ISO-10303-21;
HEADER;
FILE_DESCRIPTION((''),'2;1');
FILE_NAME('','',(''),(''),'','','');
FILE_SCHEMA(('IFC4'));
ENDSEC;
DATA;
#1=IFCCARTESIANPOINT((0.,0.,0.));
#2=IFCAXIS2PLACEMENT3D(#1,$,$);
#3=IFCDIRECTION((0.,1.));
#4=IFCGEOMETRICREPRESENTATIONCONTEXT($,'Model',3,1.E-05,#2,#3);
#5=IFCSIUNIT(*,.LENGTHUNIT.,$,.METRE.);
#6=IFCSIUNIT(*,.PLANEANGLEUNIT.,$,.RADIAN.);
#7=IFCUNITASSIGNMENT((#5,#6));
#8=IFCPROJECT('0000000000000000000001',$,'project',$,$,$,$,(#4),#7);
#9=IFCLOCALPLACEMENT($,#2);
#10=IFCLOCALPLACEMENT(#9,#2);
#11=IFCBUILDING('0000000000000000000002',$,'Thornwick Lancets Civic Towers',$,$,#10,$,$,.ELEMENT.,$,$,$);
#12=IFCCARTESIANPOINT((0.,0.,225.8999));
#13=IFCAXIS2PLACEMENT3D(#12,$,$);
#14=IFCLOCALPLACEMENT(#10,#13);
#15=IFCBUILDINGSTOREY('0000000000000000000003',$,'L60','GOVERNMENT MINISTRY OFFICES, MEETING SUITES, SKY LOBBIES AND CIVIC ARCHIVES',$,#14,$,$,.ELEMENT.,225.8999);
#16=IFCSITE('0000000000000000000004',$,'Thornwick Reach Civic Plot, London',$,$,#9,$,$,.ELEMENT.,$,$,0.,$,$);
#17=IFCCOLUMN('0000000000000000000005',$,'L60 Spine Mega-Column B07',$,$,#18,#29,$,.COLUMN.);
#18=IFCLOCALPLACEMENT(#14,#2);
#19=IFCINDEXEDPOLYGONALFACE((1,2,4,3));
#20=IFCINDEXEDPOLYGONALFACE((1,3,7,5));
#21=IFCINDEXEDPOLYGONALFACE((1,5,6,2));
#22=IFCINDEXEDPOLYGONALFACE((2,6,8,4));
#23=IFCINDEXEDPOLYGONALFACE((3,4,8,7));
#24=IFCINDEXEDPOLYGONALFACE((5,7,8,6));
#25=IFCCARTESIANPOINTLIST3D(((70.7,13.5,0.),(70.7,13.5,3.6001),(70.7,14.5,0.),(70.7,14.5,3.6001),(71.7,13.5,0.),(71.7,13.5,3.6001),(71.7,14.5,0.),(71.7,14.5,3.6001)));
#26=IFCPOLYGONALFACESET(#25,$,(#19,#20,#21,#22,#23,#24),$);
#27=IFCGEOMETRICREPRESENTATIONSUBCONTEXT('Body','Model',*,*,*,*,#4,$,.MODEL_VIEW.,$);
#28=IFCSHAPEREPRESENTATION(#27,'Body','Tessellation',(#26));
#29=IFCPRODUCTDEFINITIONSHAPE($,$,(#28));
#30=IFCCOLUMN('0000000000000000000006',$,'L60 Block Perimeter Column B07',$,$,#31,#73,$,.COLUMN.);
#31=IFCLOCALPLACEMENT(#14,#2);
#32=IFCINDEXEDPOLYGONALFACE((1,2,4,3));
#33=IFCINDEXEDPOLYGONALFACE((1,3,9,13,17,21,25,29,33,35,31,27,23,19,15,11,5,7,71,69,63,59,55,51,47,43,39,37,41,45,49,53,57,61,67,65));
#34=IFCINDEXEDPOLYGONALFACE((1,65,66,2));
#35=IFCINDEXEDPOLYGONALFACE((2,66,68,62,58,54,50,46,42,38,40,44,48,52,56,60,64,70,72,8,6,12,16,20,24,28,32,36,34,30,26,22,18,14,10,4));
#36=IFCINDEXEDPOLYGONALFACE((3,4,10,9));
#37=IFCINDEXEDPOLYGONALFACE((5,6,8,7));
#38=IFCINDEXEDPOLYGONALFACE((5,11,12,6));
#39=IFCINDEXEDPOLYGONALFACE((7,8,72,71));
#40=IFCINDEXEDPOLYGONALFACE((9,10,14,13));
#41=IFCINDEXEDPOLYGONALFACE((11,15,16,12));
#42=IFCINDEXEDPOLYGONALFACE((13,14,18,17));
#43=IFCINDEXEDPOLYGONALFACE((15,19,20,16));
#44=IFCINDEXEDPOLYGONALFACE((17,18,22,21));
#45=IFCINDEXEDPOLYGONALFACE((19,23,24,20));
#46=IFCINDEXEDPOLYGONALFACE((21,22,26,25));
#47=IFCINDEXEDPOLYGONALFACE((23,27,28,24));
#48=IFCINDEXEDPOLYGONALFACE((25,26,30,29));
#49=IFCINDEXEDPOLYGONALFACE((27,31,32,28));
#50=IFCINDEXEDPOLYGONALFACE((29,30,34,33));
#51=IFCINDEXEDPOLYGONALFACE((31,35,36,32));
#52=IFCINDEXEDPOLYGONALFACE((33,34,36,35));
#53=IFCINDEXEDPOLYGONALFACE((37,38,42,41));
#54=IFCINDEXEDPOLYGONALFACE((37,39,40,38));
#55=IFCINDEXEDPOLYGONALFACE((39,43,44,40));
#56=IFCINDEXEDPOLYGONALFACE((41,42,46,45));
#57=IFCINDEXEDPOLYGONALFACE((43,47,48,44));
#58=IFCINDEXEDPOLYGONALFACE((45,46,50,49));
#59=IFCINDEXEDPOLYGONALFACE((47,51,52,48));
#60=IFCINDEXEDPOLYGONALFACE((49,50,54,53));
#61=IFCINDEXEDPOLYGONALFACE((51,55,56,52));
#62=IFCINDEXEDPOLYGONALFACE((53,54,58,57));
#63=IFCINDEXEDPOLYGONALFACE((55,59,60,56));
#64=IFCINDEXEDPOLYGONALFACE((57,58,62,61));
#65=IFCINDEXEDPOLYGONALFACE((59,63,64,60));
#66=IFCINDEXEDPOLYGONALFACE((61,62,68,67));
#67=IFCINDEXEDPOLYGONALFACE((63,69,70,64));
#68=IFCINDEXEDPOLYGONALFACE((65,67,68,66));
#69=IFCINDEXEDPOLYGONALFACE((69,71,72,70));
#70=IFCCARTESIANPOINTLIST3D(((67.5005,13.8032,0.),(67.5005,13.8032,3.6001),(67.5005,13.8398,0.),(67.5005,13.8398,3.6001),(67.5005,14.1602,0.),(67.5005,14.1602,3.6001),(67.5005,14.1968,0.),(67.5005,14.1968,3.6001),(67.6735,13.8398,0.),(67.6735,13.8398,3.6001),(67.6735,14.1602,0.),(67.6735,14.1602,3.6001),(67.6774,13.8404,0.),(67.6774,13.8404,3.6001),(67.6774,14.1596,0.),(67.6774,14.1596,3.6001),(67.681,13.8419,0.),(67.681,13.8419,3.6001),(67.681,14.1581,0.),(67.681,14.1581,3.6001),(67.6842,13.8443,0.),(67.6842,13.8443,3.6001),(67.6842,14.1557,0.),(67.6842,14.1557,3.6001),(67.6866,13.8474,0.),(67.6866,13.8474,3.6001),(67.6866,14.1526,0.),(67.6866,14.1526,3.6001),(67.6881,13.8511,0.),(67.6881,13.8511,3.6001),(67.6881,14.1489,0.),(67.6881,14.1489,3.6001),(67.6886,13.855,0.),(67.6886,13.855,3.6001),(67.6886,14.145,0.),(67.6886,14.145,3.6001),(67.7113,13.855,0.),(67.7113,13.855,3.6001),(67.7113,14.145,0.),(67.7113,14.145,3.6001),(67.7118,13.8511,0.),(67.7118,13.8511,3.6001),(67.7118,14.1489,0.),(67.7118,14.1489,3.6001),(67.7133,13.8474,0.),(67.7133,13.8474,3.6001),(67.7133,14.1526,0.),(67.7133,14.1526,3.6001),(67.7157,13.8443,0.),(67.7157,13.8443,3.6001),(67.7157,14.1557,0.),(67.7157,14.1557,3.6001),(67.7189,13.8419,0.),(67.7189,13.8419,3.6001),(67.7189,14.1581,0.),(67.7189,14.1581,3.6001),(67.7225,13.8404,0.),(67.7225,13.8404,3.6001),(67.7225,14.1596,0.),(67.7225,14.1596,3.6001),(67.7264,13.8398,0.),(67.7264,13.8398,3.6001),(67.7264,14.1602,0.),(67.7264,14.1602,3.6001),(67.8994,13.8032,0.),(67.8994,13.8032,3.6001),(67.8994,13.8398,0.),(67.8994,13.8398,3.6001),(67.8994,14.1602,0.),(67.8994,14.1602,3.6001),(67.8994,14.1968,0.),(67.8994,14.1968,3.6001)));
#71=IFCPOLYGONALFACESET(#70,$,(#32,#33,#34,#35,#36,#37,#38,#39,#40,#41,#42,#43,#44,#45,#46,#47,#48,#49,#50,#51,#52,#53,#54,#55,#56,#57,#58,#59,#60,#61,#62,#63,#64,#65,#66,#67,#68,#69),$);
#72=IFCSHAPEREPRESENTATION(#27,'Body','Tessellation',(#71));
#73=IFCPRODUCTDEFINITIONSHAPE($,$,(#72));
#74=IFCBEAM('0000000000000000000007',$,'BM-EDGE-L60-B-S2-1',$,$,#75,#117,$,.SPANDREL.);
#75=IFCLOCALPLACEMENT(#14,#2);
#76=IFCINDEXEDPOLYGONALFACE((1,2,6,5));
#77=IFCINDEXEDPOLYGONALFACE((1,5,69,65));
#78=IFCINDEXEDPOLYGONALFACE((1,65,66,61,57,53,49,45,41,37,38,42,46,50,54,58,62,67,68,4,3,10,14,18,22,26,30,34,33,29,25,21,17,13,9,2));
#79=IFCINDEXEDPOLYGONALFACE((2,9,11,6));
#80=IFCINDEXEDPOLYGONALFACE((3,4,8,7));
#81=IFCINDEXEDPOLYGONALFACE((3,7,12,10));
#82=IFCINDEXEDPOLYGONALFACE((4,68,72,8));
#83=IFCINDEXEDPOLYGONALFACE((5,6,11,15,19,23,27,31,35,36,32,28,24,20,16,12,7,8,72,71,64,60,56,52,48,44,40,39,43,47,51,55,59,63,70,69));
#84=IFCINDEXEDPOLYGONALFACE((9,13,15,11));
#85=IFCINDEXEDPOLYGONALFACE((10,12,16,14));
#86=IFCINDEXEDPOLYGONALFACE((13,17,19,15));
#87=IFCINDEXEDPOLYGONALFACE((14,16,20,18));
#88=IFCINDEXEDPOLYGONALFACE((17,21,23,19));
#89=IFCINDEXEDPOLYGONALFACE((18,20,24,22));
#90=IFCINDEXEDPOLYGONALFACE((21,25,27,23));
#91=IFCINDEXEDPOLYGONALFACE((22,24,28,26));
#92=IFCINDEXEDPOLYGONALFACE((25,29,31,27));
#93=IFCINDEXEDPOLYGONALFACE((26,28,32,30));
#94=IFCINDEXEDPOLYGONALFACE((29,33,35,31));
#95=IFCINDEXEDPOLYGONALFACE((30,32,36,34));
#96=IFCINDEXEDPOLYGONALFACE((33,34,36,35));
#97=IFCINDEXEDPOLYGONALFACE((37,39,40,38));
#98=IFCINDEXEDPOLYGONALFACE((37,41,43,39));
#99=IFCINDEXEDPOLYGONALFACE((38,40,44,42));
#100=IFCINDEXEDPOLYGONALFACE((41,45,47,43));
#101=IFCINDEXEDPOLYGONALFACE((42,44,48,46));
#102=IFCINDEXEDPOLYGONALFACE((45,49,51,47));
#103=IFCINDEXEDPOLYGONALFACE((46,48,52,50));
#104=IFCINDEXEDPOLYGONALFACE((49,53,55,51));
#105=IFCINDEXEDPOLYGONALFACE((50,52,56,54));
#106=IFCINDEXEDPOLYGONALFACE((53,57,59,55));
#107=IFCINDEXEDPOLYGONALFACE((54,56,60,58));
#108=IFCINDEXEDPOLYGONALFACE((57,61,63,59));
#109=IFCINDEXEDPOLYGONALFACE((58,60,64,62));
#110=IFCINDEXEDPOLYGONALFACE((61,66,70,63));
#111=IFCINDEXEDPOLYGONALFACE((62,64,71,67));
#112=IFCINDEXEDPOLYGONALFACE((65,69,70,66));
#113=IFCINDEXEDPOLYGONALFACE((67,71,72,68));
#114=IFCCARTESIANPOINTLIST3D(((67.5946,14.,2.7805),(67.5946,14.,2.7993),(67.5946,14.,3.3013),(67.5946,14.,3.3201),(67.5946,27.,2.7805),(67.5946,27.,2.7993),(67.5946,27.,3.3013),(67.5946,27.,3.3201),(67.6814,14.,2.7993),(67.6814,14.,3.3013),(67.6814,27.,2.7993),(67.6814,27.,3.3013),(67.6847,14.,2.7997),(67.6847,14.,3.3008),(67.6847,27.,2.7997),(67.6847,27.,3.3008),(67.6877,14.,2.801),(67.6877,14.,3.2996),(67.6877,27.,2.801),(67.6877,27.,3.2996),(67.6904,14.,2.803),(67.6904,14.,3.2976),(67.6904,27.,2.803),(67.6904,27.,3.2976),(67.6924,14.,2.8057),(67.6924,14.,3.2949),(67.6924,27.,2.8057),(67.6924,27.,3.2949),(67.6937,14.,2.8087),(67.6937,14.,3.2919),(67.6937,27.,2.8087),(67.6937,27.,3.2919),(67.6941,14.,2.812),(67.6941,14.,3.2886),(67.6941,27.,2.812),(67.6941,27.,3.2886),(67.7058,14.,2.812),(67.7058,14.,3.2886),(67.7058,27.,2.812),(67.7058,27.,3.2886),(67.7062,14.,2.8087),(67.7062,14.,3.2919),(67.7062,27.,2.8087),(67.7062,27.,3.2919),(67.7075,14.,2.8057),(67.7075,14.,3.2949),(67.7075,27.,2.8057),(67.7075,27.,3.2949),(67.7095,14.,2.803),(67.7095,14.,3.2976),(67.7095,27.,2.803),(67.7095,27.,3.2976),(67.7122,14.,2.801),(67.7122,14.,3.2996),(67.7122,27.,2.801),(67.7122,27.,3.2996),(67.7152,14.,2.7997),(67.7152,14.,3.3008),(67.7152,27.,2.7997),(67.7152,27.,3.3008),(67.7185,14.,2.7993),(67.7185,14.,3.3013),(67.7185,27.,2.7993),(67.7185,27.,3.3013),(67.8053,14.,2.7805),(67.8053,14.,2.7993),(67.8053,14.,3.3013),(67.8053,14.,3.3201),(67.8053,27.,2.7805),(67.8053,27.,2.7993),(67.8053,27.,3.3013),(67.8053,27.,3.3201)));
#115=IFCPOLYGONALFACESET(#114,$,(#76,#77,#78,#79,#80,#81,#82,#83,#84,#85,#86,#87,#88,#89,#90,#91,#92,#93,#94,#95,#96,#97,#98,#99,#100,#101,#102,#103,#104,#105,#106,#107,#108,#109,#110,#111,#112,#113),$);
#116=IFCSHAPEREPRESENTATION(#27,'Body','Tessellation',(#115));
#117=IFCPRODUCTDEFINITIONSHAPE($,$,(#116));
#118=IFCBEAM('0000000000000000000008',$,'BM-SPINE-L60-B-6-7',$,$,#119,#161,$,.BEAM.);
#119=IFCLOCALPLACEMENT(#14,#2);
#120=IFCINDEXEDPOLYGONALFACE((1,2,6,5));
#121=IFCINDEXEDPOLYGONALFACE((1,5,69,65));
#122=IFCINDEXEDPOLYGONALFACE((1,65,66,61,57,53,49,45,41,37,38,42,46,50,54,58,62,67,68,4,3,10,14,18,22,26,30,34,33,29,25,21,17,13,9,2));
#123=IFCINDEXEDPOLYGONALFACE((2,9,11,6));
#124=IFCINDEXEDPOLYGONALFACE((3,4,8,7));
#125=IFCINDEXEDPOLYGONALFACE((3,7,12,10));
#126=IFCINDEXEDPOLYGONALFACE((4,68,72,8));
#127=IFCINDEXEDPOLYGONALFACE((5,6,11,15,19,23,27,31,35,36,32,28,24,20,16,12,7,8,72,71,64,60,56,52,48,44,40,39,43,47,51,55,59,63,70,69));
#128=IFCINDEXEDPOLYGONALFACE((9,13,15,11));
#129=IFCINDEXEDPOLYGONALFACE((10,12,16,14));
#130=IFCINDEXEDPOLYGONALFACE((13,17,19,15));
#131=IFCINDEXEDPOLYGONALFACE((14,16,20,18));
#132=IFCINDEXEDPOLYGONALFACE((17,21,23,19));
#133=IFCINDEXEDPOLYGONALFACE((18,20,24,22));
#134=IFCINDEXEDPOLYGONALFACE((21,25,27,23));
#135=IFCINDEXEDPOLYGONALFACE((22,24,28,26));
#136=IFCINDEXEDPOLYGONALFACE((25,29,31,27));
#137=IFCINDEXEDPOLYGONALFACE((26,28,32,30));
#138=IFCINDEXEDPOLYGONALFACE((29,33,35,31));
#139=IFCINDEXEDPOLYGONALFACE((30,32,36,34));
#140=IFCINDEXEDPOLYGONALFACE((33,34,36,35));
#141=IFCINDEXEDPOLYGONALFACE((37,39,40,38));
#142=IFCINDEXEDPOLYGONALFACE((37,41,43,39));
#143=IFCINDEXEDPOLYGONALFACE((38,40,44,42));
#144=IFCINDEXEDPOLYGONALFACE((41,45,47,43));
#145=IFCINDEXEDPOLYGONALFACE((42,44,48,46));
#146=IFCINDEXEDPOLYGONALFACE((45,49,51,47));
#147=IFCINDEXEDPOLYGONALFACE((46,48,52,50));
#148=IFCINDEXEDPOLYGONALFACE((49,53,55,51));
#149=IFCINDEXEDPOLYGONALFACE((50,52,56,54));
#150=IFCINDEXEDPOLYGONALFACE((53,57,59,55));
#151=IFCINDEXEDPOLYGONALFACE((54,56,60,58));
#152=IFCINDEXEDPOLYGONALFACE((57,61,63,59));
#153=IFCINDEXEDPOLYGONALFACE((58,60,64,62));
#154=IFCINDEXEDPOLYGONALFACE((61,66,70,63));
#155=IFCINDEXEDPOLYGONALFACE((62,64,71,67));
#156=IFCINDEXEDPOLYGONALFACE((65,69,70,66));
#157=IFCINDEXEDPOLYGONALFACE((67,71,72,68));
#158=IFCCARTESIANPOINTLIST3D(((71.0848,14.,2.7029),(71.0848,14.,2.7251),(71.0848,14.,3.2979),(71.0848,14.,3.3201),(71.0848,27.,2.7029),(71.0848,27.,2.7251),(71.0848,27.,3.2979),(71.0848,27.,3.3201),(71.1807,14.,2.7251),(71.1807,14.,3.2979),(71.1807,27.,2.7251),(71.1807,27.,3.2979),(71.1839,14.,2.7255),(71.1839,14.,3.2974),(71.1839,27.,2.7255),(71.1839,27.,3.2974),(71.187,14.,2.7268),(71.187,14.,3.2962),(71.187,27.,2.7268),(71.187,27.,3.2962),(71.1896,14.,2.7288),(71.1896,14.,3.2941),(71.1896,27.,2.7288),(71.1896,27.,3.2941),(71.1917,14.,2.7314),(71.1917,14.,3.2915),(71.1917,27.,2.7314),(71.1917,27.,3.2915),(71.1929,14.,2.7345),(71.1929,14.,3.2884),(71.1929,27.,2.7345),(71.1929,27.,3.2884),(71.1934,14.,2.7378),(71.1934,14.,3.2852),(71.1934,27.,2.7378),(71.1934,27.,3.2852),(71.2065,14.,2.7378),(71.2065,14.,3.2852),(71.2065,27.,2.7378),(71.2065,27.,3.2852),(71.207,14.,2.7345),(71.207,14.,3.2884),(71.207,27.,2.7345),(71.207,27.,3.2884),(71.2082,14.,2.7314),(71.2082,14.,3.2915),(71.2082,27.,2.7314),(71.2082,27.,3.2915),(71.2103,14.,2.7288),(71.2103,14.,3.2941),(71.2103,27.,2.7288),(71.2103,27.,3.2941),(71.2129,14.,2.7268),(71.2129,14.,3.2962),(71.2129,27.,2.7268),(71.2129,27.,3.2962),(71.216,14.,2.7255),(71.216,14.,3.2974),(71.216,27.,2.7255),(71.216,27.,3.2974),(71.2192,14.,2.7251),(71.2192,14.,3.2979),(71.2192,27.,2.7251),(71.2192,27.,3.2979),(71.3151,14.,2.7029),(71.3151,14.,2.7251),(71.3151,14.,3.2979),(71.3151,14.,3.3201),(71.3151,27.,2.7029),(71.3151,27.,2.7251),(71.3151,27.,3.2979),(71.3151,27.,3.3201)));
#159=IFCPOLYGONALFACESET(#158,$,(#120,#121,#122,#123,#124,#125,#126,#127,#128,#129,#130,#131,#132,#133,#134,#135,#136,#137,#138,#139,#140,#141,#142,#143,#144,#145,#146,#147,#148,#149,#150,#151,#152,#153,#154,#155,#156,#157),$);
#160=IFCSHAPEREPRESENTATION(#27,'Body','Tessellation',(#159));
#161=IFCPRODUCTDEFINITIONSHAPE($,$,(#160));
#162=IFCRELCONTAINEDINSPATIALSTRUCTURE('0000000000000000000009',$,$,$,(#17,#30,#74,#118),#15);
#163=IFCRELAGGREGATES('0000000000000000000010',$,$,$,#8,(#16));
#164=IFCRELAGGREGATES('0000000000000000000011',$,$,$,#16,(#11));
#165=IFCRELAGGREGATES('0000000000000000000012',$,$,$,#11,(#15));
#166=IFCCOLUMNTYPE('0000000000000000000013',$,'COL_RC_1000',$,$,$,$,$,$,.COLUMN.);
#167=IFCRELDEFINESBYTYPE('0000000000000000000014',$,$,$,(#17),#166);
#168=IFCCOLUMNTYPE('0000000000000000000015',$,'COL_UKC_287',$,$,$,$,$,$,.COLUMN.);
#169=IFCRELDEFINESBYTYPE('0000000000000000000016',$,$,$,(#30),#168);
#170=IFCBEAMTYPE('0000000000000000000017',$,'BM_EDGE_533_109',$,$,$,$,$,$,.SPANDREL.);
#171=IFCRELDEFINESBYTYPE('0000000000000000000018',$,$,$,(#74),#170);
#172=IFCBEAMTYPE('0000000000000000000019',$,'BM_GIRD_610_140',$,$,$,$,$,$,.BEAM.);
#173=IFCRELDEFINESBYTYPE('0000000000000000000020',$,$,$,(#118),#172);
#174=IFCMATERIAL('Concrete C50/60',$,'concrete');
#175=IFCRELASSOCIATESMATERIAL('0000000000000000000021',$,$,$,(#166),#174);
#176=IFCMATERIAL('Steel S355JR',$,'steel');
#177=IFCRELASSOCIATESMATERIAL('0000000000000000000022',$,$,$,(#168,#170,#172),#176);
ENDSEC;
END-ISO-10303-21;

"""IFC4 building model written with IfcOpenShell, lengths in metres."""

from ifc_helpers import new_model, si_unit, direction, frame, origin, origin_2d, place, context, subcontext, project, spatial, rectangle, i_section, extrude, material, material_profile, profile_set, type_object, element, save


model = new_model("IFC4")

# Units and contexts
model_context = context("Model", 3, precision=1e-05, world=origin(), true_north=direction((0.0, 1.0)))
body_context = subcontext(model_context, "Body", "Model", "MODEL_VIEW")
ifc_project = project(units=[si_unit("LENGTHUNIT", "METRE"), si_unit("PLANEANGLEUNIT", "RADIAN")], contexts=[model_context])

# Site, building, storey
site_placement = place(None, origin())
site = spatial("IfcSite", under=ifc_project, at=site_placement, Name="Thornwick Reach Civic Plot, London", CompositionType="ELEMENT", RefElevation=0.0)
building_placement = place(site_placement, origin())
building = spatial("IfcBuilding", under=site, at=building_placement, Name="Thornwick Lancets Civic Towers", CompositionType="ELEMENT")
storey_placement = place(building_placement, frame((0.0, 0.0, 225.8999)))
storey = spatial("IfcBuildingStorey", under=building, at=storey_placement, Name="L60", Description="GOVERNMENT MINISTRY OFFICES, MEETING SUITES, SKY LOBBIES AND CIVIC ARCHIVES", CompositionType="ELEMENT", Elevation=225.8999)

# Columns
ifc_material_1 = material(Name="Concrete C50/60", Category="concrete")
ifc_material_profile_1 = material_profile(ifc_material_1, rectangle(XDim=1.0, YDim=1.0, at=origin_2d()), Name="RC 1000x1000")
ifc_profile_set_1 = profile_set([ifc_material_profile_1], Name="Concrete C50/60")
column_type_1 = type_object("IfcColumnType", Name="COL_RC_1000", PredefinedType="COLUMN", material=ifc_profile_set_1)
column_1_placement = place(storey_placement, frame((71.2, 14.0, 0.0), z_axis=(0.0, 0.0, 1.0), x_axis=(1.0, 0.0, 0.0)))
element("IfcColumn", 1, at=column_1_placement, inside=storey, type_object=column_type_1, Name="L60 Spine Mega-Column B07", PredefinedType="COLUMN", context=body_context, shape_type="SweptSolid", body=[
    extrude(rectangle(XDim=1.0, YDim=1.0, at=origin_2d()), origin(), (0.0, 0.0, 1.0), 3.6001),
])
ifc_material_2 = material(Name="Steel S355JR", Category="steel")
ifc_material_profile_2 = material_profile(ifc_material_2, i_section(OverallWidth=0.3989, OverallDepth=0.3936, WebThickness=0.0227, FlangeThickness=0.0366, FilletRadius=0.0151, at=origin_2d()), Name="UKC 356x406x287")
ifc_profile_set_2 = profile_set([ifc_material_profile_2], Name="Steel S355JR")
column_type_2 = type_object("IfcColumnType", Name="COL_UKC_287", PredefinedType="COLUMN", material=ifc_profile_set_2)
column_2_placement = place(storey_placement, frame((67.7, 14.0, 0.0), z_axis=(0.0, 0.0, 1.0), x_axis=(1.0, 0.0, 0.0)))
element("IfcColumn", 2, at=column_2_placement, inside=storey, type_object=column_type_2, Name="L60 Block Perimeter Column B07", PredefinedType="COLUMN", context=body_context, shape_type="SweptSolid", body=[
    extrude(i_section(OverallWidth=0.3989, OverallDepth=0.3936, WebThickness=0.0227, FlangeThickness=0.0366, FilletRadius=0.0151, at=origin_2d()), origin(), (0.0, 0.0, 1.0), 3.6001),
])

# Beams
ifc_material_profile_3 = material_profile(ifc_material_2, i_section(OverallWidth=0.2107, OverallDepth=0.5396, WebThickness=0.0117, FlangeThickness=0.0188, FilletRadius=0.0127, at=origin_2d()), Name="UKB 533x210x109")
ifc_profile_set_3 = profile_set([ifc_material_profile_3], Name="Steel S355JR")
beam_type_1 = type_object("IfcBeamType", Name="BM_EDGE_533_109", PredefinedType="SPANDREL", material=ifc_profile_set_3)
beam_1_placement = place(storey_placement, frame((67.7, 14.0, 3.0503), z_axis=(0.0, 1.0, 0.0), x_axis=(-1.0, 0.0, 0.0)))
element("IfcBeam", 3, at=beam_1_placement, inside=storey, type_object=beam_type_1, Name="BM-EDGE-L60-B-S2-1", PredefinedType="SPANDREL", context=body_context, shape_type="SweptSolid", body=[
    extrude(i_section(OverallWidth=0.2107, OverallDepth=0.5396, WebThickness=0.0117, FlangeThickness=0.0188, FilletRadius=0.0127, at=origin_2d()), origin(), (0.0, 0.0, 1.0), 13.0),
])
ifc_material_profile_4 = material_profile(ifc_material_2, i_section(OverallWidth=0.2302, OverallDepth=0.6172, WebThickness=0.0132, FlangeThickness=0.0222, FilletRadius=0.0127, at=origin_2d()), Name="UKB 610x229x140")
ifc_profile_set_4 = profile_set([ifc_material_profile_4], Name="Steel S355JR")
beam_type_2 = type_object("IfcBeamType", Name="BM_GIRD_610_140", PredefinedType="BEAM", material=ifc_profile_set_4)
beam_2_placement = place(storey_placement, frame((71.2, 14.0, 3.0115), z_axis=(0.0, 1.0, 0.0), x_axis=(-1.0, 0.0, 0.0)))
element("IfcBeam", 4, at=beam_2_placement, inside=storey, type_object=beam_type_2, Name="BM-SPINE-L60-B-6-7", PredefinedType="BEAM", context=body_context, shape_type="SweptSolid", body=[
    extrude(i_section(OverallWidth=0.2302, OverallDepth=0.6172, WebThickness=0.0132, FlangeThickness=0.0222, FilletRadius=0.0127, at=origin_2d()), origin(), (0.0, 0.0, 1.0), 13.0),
])

save(model, "model.ifc")
